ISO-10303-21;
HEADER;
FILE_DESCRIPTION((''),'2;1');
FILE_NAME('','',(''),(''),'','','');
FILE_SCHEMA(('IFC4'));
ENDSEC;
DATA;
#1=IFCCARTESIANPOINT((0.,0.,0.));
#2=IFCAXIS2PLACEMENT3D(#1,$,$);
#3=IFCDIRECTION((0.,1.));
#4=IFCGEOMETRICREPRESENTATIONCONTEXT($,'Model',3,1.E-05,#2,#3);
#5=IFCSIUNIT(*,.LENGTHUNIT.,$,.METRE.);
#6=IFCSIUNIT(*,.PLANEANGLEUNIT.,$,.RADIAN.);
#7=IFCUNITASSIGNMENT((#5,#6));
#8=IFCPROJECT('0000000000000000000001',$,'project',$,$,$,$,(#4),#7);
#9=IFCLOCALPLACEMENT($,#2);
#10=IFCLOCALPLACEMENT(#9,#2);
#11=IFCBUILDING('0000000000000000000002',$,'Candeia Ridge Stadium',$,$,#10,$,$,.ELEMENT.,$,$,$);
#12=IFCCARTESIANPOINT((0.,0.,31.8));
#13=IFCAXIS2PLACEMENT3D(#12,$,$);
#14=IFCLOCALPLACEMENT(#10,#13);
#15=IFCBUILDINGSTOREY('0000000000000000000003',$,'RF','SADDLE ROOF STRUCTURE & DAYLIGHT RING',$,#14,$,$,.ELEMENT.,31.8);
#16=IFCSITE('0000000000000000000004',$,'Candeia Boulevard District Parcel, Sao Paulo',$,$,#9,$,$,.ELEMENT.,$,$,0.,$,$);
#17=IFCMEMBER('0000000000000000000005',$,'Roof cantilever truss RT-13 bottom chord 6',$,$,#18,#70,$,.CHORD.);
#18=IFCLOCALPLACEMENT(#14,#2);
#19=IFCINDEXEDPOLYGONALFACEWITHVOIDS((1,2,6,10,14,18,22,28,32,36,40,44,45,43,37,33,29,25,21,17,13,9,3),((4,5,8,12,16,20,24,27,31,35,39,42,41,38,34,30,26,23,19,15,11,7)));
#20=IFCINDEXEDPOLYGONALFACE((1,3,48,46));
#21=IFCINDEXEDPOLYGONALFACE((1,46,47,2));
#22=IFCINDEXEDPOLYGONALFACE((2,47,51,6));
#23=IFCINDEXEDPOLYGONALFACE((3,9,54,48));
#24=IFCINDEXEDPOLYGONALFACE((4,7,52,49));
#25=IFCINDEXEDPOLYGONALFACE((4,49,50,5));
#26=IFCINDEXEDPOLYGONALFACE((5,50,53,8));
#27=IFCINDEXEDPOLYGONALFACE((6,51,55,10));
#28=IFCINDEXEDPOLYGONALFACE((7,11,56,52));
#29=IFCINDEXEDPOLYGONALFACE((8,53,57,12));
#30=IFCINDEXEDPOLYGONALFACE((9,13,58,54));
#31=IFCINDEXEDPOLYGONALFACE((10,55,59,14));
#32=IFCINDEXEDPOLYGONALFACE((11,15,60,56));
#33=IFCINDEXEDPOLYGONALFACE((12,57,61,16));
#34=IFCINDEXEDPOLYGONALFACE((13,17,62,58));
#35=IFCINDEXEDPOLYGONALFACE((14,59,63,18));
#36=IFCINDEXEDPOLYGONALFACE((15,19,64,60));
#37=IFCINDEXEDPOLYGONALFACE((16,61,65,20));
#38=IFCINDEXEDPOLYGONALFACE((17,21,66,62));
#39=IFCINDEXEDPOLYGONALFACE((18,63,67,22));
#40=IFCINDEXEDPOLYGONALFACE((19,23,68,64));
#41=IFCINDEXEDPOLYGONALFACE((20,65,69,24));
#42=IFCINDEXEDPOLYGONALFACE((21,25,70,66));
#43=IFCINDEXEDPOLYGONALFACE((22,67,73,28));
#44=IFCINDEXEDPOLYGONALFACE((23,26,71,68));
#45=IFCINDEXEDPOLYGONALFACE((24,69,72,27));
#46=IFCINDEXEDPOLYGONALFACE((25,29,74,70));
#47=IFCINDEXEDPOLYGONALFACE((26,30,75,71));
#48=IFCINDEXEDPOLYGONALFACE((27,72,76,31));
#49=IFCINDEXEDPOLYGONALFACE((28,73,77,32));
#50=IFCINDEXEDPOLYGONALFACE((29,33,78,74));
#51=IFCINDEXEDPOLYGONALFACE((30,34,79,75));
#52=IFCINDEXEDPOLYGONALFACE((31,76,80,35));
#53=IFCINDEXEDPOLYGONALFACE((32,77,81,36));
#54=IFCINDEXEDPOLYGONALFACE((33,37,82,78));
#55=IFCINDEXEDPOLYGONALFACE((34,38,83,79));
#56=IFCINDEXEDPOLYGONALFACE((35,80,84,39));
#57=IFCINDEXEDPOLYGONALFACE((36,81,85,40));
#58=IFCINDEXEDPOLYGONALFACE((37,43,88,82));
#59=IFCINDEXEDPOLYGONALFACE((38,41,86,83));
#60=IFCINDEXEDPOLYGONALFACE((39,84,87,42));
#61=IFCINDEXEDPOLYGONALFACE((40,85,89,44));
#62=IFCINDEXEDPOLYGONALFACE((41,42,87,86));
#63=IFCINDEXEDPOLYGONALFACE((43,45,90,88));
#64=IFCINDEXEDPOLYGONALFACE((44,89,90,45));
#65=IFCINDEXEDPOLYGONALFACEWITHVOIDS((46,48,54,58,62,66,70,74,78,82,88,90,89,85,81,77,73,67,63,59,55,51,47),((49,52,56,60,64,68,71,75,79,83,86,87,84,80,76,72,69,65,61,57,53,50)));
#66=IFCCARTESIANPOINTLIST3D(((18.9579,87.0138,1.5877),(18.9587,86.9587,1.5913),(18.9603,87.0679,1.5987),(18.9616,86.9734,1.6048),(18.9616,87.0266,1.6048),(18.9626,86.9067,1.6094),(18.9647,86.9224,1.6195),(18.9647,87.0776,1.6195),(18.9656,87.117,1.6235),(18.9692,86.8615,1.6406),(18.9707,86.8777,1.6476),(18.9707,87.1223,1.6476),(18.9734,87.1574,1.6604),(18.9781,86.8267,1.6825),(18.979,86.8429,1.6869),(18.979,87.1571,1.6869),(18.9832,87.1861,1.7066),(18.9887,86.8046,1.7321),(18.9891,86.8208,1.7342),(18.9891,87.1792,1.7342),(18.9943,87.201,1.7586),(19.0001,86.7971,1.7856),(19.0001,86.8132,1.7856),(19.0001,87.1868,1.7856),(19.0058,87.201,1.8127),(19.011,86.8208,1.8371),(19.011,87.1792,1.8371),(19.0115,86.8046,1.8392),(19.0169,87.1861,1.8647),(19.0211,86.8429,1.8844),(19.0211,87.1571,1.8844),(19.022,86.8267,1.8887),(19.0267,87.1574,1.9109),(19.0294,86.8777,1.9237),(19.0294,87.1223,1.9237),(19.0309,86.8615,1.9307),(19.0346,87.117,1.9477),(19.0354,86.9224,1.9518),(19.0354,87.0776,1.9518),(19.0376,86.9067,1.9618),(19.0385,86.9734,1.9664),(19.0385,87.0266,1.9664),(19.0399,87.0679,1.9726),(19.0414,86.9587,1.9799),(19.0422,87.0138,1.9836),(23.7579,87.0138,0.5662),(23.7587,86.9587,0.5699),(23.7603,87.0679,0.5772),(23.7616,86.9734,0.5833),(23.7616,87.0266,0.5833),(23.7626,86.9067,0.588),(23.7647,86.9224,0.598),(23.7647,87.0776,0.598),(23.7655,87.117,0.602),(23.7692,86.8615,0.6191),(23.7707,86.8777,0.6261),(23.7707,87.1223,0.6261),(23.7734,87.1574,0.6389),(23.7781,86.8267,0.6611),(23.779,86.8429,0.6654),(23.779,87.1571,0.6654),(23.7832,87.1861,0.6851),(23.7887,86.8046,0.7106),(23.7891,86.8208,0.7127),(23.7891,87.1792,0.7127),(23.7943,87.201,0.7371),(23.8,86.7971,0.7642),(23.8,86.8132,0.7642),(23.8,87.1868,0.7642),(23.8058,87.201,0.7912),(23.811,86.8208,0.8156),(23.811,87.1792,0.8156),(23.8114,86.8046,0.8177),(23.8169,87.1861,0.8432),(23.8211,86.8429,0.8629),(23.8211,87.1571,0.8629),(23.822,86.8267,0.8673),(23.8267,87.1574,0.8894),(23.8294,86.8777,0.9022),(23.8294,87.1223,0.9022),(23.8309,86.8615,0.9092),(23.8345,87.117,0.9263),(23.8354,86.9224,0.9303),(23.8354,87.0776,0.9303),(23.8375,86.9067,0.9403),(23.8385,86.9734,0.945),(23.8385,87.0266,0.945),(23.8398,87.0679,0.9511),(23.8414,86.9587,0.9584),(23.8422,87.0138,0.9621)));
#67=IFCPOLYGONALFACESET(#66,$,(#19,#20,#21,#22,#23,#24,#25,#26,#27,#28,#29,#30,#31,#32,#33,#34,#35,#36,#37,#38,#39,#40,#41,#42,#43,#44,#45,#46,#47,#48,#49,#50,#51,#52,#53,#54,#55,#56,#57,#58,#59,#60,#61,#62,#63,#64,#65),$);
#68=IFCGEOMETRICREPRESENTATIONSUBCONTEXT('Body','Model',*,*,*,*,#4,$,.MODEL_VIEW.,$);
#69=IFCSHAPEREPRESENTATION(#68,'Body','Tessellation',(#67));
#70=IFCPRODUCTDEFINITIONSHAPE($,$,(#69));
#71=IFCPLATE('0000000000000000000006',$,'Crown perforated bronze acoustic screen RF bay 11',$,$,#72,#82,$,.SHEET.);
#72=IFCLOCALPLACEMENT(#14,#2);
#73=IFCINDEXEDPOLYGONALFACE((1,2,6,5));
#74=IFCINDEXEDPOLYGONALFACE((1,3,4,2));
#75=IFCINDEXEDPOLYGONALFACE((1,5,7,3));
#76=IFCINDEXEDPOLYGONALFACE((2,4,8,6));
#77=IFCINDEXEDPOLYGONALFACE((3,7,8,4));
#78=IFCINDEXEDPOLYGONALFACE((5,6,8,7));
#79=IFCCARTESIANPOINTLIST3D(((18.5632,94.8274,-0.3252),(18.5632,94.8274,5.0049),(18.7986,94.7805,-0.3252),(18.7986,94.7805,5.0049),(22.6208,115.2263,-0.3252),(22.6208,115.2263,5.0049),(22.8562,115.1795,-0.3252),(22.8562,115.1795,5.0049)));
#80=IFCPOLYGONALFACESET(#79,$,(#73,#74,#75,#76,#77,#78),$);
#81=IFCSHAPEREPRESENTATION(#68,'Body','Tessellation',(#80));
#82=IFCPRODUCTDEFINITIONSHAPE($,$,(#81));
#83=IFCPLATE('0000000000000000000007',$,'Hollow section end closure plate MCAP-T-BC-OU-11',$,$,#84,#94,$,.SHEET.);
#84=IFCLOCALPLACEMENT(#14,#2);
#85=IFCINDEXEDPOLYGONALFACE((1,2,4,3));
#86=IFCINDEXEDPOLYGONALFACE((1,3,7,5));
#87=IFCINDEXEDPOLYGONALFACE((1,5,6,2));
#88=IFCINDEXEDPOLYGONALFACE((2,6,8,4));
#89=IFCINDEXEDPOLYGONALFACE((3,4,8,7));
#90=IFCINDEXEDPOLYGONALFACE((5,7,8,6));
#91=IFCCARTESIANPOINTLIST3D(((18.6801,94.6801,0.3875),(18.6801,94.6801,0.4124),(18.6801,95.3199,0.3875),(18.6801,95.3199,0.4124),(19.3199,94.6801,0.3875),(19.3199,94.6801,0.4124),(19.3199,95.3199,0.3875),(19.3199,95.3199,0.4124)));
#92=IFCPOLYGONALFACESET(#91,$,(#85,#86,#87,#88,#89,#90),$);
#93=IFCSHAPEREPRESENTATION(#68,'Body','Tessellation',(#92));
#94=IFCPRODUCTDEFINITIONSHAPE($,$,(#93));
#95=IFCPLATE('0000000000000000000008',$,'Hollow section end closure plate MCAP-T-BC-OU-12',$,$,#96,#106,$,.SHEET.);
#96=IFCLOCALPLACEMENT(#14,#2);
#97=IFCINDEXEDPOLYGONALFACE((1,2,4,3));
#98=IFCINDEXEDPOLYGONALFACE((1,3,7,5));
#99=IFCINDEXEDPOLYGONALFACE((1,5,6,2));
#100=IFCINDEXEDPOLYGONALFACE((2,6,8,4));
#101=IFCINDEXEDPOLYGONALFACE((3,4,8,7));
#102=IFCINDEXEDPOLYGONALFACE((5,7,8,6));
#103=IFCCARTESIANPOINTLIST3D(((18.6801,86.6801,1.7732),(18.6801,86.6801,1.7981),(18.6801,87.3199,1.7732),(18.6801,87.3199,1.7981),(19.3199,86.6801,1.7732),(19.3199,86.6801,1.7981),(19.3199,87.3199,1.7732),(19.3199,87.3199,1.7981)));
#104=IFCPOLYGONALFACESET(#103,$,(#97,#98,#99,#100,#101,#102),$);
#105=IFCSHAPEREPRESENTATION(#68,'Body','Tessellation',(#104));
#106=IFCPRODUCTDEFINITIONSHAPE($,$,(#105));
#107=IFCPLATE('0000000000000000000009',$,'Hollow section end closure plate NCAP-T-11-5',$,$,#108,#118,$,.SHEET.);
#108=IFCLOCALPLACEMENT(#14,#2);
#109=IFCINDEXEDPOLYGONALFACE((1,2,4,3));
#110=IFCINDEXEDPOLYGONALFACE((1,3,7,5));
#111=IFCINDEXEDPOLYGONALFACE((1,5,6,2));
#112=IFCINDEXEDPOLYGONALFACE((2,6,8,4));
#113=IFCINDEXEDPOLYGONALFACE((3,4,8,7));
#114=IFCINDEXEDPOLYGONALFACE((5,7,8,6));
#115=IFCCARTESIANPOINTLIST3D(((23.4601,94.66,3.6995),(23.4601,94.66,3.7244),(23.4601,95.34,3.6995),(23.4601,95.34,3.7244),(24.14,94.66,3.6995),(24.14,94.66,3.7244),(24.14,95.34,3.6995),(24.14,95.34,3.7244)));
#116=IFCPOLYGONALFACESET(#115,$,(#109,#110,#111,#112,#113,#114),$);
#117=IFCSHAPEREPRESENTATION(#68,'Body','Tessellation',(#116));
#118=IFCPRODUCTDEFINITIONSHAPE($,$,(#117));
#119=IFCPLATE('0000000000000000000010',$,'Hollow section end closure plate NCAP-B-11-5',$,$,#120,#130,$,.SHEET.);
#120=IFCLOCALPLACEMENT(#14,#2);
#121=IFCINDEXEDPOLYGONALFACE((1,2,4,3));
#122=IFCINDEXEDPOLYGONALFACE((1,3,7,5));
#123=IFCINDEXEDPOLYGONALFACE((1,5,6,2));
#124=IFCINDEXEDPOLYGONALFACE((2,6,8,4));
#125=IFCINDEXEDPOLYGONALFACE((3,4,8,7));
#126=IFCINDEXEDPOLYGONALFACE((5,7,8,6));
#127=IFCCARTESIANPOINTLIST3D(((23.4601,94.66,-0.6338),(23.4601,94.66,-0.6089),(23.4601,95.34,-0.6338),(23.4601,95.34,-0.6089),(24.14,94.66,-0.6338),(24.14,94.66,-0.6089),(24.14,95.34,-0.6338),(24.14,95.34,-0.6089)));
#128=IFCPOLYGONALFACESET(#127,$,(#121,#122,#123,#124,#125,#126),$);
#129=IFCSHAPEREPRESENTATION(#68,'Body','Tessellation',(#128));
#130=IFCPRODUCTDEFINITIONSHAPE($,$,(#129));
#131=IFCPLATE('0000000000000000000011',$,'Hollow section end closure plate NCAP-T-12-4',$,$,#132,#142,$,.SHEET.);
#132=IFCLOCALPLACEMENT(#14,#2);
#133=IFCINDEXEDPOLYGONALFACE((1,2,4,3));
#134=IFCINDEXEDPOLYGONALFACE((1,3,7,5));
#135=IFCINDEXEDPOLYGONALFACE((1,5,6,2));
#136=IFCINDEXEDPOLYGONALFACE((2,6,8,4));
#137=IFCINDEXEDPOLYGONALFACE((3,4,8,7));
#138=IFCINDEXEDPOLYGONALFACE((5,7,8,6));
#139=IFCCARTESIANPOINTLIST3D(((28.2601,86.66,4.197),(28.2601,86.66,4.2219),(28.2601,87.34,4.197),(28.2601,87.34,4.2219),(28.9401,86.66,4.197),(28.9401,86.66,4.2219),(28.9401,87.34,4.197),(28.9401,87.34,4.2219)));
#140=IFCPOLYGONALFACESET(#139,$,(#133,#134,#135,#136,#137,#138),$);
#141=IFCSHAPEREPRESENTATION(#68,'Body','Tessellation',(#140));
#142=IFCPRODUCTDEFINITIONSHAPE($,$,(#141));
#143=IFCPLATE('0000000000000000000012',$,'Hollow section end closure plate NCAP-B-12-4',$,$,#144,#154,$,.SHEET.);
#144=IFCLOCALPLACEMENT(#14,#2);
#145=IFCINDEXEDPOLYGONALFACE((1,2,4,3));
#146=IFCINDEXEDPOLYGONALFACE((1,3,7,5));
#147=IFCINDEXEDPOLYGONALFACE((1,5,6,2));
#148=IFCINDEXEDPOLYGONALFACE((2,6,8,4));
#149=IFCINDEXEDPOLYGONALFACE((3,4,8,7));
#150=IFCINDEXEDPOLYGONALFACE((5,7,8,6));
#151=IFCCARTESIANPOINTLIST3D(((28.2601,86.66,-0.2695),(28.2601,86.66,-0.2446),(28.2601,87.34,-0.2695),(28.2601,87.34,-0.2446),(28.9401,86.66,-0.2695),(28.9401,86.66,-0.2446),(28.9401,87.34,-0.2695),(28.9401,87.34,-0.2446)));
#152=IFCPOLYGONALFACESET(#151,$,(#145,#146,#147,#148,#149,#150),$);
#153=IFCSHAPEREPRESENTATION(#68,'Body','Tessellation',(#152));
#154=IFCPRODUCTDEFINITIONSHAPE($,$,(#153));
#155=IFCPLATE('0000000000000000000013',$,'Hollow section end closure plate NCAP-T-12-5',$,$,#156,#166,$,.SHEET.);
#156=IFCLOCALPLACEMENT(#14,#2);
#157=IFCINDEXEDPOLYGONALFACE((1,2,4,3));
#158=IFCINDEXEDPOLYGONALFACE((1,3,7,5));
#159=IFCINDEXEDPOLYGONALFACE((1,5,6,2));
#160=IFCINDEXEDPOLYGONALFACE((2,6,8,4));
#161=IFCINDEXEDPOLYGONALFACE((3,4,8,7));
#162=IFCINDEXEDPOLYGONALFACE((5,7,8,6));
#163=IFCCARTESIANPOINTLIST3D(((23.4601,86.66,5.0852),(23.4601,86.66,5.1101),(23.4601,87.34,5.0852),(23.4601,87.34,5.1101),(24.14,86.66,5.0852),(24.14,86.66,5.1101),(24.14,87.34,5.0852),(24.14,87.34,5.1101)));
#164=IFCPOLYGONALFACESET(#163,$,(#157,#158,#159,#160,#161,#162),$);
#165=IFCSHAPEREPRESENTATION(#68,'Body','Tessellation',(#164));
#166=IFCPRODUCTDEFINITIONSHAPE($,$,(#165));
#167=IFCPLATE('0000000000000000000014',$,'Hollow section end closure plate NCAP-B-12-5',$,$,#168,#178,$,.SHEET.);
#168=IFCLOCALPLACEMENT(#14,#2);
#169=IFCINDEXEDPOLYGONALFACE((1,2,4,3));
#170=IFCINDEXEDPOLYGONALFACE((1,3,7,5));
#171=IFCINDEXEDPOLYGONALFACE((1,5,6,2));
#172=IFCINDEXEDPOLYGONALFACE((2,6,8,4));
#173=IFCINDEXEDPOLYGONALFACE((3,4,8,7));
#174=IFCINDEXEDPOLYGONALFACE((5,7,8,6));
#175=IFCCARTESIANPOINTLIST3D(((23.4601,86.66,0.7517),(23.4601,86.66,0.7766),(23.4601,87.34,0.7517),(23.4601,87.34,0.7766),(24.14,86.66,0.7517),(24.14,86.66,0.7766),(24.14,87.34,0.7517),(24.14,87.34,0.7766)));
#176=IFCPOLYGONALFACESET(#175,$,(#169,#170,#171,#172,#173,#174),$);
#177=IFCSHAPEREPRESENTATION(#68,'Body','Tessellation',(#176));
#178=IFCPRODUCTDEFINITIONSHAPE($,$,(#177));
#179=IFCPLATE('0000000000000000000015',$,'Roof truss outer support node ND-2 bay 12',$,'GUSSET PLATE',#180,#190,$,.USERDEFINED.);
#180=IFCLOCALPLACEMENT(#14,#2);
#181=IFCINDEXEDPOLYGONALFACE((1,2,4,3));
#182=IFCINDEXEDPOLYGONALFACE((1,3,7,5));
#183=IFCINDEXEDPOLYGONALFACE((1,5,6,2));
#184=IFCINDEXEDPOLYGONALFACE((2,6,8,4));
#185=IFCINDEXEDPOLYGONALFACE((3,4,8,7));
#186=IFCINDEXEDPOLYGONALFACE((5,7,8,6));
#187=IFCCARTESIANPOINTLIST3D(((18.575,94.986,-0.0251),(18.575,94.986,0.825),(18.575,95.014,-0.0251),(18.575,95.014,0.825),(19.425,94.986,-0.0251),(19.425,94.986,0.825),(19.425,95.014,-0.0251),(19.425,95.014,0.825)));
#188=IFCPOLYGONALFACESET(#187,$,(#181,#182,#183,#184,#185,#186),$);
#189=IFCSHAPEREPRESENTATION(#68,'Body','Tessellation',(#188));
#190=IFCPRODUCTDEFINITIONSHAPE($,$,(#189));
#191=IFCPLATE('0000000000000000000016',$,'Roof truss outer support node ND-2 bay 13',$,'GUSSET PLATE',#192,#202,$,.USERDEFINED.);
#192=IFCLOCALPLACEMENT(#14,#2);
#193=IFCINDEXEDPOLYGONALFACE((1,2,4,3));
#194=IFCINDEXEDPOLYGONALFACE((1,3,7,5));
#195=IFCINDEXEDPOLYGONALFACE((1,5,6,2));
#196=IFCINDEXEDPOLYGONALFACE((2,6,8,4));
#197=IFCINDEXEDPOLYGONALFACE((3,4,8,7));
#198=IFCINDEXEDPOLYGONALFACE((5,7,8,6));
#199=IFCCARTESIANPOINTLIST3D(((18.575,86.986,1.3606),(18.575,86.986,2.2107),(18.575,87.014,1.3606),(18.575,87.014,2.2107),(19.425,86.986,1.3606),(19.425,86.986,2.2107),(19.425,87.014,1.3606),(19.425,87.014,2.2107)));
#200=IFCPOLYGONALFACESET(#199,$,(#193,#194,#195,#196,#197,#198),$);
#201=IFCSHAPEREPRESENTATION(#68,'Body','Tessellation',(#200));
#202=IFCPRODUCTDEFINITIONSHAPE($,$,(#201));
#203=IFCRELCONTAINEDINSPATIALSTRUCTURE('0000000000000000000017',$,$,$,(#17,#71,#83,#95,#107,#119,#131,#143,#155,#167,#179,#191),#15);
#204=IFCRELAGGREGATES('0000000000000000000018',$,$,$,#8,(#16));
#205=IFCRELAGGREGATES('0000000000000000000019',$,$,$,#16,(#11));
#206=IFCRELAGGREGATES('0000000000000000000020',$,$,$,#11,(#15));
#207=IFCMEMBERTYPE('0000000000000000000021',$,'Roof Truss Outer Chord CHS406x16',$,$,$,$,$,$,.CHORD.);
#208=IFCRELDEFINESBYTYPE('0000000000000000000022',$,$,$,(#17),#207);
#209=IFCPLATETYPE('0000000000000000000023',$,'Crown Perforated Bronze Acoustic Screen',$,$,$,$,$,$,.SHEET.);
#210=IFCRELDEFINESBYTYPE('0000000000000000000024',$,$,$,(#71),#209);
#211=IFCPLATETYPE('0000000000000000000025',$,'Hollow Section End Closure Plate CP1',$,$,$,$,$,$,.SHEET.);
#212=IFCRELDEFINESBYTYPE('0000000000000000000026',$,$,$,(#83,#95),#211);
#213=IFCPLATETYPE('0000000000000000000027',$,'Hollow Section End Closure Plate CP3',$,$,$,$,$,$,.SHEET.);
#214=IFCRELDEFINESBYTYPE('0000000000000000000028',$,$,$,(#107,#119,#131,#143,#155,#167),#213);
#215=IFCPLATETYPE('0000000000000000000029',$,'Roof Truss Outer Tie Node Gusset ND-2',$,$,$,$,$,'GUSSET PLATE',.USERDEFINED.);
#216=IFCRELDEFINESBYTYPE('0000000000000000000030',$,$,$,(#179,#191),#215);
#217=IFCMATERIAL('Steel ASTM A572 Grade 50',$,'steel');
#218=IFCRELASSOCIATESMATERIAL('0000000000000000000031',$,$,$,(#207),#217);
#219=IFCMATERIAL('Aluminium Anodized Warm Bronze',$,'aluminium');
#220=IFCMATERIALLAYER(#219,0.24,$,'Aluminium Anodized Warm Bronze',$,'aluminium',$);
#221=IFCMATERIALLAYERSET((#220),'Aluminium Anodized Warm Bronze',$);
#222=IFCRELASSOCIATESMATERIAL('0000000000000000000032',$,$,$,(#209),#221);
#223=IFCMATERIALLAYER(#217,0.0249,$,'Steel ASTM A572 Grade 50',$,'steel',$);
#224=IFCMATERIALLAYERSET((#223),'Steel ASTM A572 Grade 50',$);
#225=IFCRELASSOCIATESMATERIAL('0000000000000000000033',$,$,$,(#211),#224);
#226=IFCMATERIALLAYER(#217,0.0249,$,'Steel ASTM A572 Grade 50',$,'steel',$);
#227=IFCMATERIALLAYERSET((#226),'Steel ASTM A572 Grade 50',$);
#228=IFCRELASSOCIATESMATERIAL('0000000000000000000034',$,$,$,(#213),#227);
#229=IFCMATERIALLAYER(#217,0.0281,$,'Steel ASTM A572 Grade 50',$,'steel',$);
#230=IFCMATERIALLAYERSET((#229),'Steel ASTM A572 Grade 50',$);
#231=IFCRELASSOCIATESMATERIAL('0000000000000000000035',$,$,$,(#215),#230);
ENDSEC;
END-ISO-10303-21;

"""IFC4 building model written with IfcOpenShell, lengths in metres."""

from ifc_helpers import new_model, si_unit, direction, frame, origin, origin_2d, place, context, subcontext, project, spatial, rectangle, hollow_circle, extrude, material, layer, layer_set, material_profile, profile_set, type_object, element, save


model = new_model("IFC4")

# Units and contexts
model_context = context("Model", 3, precision=1e-05, world=origin(), true_north=direction((0.0, 1.0)))
body_context = subcontext(model_context, "Body", "Model", "MODEL_VIEW")
ifc_project = project(units=[si_unit("LENGTHUNIT", "METRE"), si_unit("PLANEANGLEUNIT", "RADIAN")], contexts=[model_context])

# Site, building, storey
site_placement = place(None, origin())
site = spatial("IfcSite", under=ifc_project, at=site_placement, Name="Candeia Boulevard District Parcel, Sao Paulo", CompositionType="ELEMENT", RefElevation=0.0)
building_placement = place(site_placement, origin())
building = spatial("IfcBuilding", under=site, at=building_placement, Name="Candeia Ridge Stadium", CompositionType="ELEMENT")
storey_placement = place(building_placement, frame((0.0, 0.0, 31.8)))
storey = spatial("IfcBuildingStorey", under=building, at=storey_placement, Name="RF", Description="SADDLE ROOF STRUCTURE & DAYLIGHT RING", CompositionType="ELEMENT", Elevation=31.8)

# Shared definitions
ifc_material_1 = material(Name="Steel ASTM A572 Grade 50", Category="steel")

# Member
ifc_material_profile_1 = material_profile(ifc_material_1, hollow_circle(Radius=0.2029, WallThickness=0.0161, at=origin_2d()), Name="CHS406x16", Category="steel")
ifc_profile_set_1 = profile_set([ifc_material_profile_1], Name="Steel ASTM A572 Grade 50")
member_type_1 = type_object("IfcMemberType", Name="Roof Truss Outer Chord CHS406x16", PredefinedType="CHORD", material=ifc_profile_set_1)
for number, where, z_axis, x_axis, name in (
    (1, (23.8, 87.0, 0.7642), (-0.978098, 0.0, 0.208146), (0.0, -1.0, 0.0), "Roof cantilever truss RT-13 bottom chord 6"),
):
    element("IfcMember", number, at=place(storey_placement, frame(where, z_axis=z_axis, x_axis=x_axis)), inside=storey, type_object=member_type_1, Name=name, PredefinedType="CHORD", context=body_context, shape_type="SweptSolid", body=[
        extrude(hollow_circle(Radius=0.2029, WallThickness=0.0161, at=origin_2d()), origin(), (0.0, 0.0, 1.0), 4.9075),
    ])

# Plates
ifc_material_2 = material(Name="Aluminium Anodized Warm Bronze", Category="aluminium")
ifc_layer_1 = layer(ifc_material_2, 0.24, Name="Aluminium Anodized Warm Bronze", Category="aluminium")
ifc_layer_set_1 = layer_set([ifc_layer_1], Name="Aluminium Anodized Warm Bronze")
plate_type_1 = type_object("IfcPlateType", Name="Crown Perforated Bronze Acoustic Screen", PredefinedType="SHEET", material=ifc_layer_set_1)
plate_placement = place(storey_placement, frame((20.7097, 105.0034, -0.3252), z_axis=(0.0, 0.0, 1.0), x_axis=(-0.19509, -0.980785, 0.0)))
element("IfcPlate", 2, at=plate_placement, inside=storey, type_object=plate_type_1, Name="Crown perforated bronze acoustic screen RF bay 11", PredefinedType="SHEET", context=body_context, shape_type="SweptSolid", body=[
    extrude(rectangle(XDim=20.7986, YDim=0.24, at=origin_2d()), origin(), (0.0, 0.0, 1.0), 5.3301),
])
ifc_layer_2 = layer(ifc_material_1, 0.0249, Name="Steel ASTM A572 Grade 50", Category="steel")
ifc_layer_set_2 = layer_set([ifc_layer_2], Name="Steel ASTM A572 Grade 50")
plate_type_2 = type_object("IfcPlateType", Name="Hollow Section End Closure Plate CP1", PredefinedType="SHEET", material=ifc_layer_set_2)
for number, where, z_axis, x_axis, name in (
    (3, (19.0, 95.0, 0.3875), (0.0, 0.0, 1.0), (1.0, 0.0, 0.0), "Hollow section end closure plate MCAP-T-BC-OU-11"),
    (4, (19.0, 87.0, 1.7732), (0.0, 0.0, 1.0), (1.0, 0.0, 0.0), "Hollow section end closure plate MCAP-T-BC-OU-12"),
):
    element("IfcPlate", number, at=place(storey_placement, frame(where, z_axis=z_axis, x_axis=x_axis)), inside=storey, type_object=plate_type_2, Name=name, PredefinedType="SHEET", context=body_context, shape_type="SweptSolid", body=[
        extrude(rectangle(XDim=0.6399, YDim=0.6399, at=origin_2d()), origin(), (0.0, 0.0, 1.0), 0.0249),
    ])
ifc_layer_3 = layer(ifc_material_1, 0.0249, Name="Steel ASTM A572 Grade 50", Category="steel")
ifc_layer_set_3 = layer_set([ifc_layer_3], Name="Steel ASTM A572 Grade 50")
plate_type_3 = type_object("IfcPlateType", Name="Hollow Section End Closure Plate CP3", PredefinedType="SHEET", material=ifc_layer_set_3)
for number, where, z_axis, x_axis, name in (
    (5, (23.8, 95.0, 3.6995), (0.0, 0.0, 1.0), (1.0, 0.0, 0.0), "Hollow section end closure plate NCAP-T-11-5"),
    (6, (23.8, 95.0, -0.6338), (0.0, 0.0, 1.0), (1.0, 0.0, 0.0), "Hollow section end closure plate NCAP-B-11-5"),
    (7, (28.6001, 87.0, 4.197), (0.0, 0.0, 1.0), (1.0, 0.0, 0.0), "Hollow section end closure plate NCAP-T-12-4"),
    (8, (28.6001, 87.0, -0.2695), (0.0, 0.0, 1.0), (1.0, 0.0, 0.0), "Hollow section end closure plate NCAP-B-12-4"),
    (9, (23.8, 87.0, 5.0852), (0.0, 0.0, 1.0), (1.0, 0.0, 0.0), "Hollow section end closure plate NCAP-T-12-5"),
    (10, (23.8, 87.0, 0.7517), (0.0, 0.0, 1.0), (1.0, 0.0, 0.0), "Hollow section end closure plate NCAP-B-12-5"),
):
    element("IfcPlate", number, at=place(storey_placement, frame(where, z_axis=z_axis, x_axis=x_axis)), inside=storey, type_object=plate_type_3, Name=name, PredefinedType="SHEET", context=body_context, shape_type="SweptSolid", body=[
        extrude(rectangle(XDim=0.6799, YDim=0.6799, at=origin_2d()), origin(), (0.0, 0.0, 1.0), 0.0249),
    ])
ifc_layer_4 = layer(ifc_material_1, 0.0281, Name="Steel ASTM A572 Grade 50", Category="steel")
ifc_layer_set_4 = layer_set([ifc_layer_4], Name="Steel ASTM A572 Grade 50")
plate_type_4 = type_object("IfcPlateType", Name="Roof Truss Outer Tie Node Gusset ND-2", ElementType="GUSSET PLATE", PredefinedType="USERDEFINED", material=ifc_layer_set_4)
for number, where, z_axis, x_axis, name in (
    (11, (19.0, 95.0, -0.0251), (0.0, 0.0, 1.0), (-1.0, 0.0, 0.0), "Roof truss outer support node ND-2 bay 12"),
    (12, (19.0, 87.0, 1.3606), (0.0, 0.0, 1.0), (-1.0, 0.0, 0.0), "Roof truss outer support node ND-2 bay 13"),
):
    element("IfcPlate", number, at=place(storey_placement, frame(where, z_axis=z_axis, x_axis=x_axis)), inside=storey, type_object=plate_type_4, Name=name, ObjectType="GUSSET PLATE", PredefinedType="USERDEFINED", context=body_context, shape_type="SweptSolid", body=[
        extrude(rectangle(XDim=0.8501, YDim=0.0281, at=origin_2d()), origin(), (0.0, 0.0, 1.0), 0.8501),
    ])

save(model, "model.ifc")
